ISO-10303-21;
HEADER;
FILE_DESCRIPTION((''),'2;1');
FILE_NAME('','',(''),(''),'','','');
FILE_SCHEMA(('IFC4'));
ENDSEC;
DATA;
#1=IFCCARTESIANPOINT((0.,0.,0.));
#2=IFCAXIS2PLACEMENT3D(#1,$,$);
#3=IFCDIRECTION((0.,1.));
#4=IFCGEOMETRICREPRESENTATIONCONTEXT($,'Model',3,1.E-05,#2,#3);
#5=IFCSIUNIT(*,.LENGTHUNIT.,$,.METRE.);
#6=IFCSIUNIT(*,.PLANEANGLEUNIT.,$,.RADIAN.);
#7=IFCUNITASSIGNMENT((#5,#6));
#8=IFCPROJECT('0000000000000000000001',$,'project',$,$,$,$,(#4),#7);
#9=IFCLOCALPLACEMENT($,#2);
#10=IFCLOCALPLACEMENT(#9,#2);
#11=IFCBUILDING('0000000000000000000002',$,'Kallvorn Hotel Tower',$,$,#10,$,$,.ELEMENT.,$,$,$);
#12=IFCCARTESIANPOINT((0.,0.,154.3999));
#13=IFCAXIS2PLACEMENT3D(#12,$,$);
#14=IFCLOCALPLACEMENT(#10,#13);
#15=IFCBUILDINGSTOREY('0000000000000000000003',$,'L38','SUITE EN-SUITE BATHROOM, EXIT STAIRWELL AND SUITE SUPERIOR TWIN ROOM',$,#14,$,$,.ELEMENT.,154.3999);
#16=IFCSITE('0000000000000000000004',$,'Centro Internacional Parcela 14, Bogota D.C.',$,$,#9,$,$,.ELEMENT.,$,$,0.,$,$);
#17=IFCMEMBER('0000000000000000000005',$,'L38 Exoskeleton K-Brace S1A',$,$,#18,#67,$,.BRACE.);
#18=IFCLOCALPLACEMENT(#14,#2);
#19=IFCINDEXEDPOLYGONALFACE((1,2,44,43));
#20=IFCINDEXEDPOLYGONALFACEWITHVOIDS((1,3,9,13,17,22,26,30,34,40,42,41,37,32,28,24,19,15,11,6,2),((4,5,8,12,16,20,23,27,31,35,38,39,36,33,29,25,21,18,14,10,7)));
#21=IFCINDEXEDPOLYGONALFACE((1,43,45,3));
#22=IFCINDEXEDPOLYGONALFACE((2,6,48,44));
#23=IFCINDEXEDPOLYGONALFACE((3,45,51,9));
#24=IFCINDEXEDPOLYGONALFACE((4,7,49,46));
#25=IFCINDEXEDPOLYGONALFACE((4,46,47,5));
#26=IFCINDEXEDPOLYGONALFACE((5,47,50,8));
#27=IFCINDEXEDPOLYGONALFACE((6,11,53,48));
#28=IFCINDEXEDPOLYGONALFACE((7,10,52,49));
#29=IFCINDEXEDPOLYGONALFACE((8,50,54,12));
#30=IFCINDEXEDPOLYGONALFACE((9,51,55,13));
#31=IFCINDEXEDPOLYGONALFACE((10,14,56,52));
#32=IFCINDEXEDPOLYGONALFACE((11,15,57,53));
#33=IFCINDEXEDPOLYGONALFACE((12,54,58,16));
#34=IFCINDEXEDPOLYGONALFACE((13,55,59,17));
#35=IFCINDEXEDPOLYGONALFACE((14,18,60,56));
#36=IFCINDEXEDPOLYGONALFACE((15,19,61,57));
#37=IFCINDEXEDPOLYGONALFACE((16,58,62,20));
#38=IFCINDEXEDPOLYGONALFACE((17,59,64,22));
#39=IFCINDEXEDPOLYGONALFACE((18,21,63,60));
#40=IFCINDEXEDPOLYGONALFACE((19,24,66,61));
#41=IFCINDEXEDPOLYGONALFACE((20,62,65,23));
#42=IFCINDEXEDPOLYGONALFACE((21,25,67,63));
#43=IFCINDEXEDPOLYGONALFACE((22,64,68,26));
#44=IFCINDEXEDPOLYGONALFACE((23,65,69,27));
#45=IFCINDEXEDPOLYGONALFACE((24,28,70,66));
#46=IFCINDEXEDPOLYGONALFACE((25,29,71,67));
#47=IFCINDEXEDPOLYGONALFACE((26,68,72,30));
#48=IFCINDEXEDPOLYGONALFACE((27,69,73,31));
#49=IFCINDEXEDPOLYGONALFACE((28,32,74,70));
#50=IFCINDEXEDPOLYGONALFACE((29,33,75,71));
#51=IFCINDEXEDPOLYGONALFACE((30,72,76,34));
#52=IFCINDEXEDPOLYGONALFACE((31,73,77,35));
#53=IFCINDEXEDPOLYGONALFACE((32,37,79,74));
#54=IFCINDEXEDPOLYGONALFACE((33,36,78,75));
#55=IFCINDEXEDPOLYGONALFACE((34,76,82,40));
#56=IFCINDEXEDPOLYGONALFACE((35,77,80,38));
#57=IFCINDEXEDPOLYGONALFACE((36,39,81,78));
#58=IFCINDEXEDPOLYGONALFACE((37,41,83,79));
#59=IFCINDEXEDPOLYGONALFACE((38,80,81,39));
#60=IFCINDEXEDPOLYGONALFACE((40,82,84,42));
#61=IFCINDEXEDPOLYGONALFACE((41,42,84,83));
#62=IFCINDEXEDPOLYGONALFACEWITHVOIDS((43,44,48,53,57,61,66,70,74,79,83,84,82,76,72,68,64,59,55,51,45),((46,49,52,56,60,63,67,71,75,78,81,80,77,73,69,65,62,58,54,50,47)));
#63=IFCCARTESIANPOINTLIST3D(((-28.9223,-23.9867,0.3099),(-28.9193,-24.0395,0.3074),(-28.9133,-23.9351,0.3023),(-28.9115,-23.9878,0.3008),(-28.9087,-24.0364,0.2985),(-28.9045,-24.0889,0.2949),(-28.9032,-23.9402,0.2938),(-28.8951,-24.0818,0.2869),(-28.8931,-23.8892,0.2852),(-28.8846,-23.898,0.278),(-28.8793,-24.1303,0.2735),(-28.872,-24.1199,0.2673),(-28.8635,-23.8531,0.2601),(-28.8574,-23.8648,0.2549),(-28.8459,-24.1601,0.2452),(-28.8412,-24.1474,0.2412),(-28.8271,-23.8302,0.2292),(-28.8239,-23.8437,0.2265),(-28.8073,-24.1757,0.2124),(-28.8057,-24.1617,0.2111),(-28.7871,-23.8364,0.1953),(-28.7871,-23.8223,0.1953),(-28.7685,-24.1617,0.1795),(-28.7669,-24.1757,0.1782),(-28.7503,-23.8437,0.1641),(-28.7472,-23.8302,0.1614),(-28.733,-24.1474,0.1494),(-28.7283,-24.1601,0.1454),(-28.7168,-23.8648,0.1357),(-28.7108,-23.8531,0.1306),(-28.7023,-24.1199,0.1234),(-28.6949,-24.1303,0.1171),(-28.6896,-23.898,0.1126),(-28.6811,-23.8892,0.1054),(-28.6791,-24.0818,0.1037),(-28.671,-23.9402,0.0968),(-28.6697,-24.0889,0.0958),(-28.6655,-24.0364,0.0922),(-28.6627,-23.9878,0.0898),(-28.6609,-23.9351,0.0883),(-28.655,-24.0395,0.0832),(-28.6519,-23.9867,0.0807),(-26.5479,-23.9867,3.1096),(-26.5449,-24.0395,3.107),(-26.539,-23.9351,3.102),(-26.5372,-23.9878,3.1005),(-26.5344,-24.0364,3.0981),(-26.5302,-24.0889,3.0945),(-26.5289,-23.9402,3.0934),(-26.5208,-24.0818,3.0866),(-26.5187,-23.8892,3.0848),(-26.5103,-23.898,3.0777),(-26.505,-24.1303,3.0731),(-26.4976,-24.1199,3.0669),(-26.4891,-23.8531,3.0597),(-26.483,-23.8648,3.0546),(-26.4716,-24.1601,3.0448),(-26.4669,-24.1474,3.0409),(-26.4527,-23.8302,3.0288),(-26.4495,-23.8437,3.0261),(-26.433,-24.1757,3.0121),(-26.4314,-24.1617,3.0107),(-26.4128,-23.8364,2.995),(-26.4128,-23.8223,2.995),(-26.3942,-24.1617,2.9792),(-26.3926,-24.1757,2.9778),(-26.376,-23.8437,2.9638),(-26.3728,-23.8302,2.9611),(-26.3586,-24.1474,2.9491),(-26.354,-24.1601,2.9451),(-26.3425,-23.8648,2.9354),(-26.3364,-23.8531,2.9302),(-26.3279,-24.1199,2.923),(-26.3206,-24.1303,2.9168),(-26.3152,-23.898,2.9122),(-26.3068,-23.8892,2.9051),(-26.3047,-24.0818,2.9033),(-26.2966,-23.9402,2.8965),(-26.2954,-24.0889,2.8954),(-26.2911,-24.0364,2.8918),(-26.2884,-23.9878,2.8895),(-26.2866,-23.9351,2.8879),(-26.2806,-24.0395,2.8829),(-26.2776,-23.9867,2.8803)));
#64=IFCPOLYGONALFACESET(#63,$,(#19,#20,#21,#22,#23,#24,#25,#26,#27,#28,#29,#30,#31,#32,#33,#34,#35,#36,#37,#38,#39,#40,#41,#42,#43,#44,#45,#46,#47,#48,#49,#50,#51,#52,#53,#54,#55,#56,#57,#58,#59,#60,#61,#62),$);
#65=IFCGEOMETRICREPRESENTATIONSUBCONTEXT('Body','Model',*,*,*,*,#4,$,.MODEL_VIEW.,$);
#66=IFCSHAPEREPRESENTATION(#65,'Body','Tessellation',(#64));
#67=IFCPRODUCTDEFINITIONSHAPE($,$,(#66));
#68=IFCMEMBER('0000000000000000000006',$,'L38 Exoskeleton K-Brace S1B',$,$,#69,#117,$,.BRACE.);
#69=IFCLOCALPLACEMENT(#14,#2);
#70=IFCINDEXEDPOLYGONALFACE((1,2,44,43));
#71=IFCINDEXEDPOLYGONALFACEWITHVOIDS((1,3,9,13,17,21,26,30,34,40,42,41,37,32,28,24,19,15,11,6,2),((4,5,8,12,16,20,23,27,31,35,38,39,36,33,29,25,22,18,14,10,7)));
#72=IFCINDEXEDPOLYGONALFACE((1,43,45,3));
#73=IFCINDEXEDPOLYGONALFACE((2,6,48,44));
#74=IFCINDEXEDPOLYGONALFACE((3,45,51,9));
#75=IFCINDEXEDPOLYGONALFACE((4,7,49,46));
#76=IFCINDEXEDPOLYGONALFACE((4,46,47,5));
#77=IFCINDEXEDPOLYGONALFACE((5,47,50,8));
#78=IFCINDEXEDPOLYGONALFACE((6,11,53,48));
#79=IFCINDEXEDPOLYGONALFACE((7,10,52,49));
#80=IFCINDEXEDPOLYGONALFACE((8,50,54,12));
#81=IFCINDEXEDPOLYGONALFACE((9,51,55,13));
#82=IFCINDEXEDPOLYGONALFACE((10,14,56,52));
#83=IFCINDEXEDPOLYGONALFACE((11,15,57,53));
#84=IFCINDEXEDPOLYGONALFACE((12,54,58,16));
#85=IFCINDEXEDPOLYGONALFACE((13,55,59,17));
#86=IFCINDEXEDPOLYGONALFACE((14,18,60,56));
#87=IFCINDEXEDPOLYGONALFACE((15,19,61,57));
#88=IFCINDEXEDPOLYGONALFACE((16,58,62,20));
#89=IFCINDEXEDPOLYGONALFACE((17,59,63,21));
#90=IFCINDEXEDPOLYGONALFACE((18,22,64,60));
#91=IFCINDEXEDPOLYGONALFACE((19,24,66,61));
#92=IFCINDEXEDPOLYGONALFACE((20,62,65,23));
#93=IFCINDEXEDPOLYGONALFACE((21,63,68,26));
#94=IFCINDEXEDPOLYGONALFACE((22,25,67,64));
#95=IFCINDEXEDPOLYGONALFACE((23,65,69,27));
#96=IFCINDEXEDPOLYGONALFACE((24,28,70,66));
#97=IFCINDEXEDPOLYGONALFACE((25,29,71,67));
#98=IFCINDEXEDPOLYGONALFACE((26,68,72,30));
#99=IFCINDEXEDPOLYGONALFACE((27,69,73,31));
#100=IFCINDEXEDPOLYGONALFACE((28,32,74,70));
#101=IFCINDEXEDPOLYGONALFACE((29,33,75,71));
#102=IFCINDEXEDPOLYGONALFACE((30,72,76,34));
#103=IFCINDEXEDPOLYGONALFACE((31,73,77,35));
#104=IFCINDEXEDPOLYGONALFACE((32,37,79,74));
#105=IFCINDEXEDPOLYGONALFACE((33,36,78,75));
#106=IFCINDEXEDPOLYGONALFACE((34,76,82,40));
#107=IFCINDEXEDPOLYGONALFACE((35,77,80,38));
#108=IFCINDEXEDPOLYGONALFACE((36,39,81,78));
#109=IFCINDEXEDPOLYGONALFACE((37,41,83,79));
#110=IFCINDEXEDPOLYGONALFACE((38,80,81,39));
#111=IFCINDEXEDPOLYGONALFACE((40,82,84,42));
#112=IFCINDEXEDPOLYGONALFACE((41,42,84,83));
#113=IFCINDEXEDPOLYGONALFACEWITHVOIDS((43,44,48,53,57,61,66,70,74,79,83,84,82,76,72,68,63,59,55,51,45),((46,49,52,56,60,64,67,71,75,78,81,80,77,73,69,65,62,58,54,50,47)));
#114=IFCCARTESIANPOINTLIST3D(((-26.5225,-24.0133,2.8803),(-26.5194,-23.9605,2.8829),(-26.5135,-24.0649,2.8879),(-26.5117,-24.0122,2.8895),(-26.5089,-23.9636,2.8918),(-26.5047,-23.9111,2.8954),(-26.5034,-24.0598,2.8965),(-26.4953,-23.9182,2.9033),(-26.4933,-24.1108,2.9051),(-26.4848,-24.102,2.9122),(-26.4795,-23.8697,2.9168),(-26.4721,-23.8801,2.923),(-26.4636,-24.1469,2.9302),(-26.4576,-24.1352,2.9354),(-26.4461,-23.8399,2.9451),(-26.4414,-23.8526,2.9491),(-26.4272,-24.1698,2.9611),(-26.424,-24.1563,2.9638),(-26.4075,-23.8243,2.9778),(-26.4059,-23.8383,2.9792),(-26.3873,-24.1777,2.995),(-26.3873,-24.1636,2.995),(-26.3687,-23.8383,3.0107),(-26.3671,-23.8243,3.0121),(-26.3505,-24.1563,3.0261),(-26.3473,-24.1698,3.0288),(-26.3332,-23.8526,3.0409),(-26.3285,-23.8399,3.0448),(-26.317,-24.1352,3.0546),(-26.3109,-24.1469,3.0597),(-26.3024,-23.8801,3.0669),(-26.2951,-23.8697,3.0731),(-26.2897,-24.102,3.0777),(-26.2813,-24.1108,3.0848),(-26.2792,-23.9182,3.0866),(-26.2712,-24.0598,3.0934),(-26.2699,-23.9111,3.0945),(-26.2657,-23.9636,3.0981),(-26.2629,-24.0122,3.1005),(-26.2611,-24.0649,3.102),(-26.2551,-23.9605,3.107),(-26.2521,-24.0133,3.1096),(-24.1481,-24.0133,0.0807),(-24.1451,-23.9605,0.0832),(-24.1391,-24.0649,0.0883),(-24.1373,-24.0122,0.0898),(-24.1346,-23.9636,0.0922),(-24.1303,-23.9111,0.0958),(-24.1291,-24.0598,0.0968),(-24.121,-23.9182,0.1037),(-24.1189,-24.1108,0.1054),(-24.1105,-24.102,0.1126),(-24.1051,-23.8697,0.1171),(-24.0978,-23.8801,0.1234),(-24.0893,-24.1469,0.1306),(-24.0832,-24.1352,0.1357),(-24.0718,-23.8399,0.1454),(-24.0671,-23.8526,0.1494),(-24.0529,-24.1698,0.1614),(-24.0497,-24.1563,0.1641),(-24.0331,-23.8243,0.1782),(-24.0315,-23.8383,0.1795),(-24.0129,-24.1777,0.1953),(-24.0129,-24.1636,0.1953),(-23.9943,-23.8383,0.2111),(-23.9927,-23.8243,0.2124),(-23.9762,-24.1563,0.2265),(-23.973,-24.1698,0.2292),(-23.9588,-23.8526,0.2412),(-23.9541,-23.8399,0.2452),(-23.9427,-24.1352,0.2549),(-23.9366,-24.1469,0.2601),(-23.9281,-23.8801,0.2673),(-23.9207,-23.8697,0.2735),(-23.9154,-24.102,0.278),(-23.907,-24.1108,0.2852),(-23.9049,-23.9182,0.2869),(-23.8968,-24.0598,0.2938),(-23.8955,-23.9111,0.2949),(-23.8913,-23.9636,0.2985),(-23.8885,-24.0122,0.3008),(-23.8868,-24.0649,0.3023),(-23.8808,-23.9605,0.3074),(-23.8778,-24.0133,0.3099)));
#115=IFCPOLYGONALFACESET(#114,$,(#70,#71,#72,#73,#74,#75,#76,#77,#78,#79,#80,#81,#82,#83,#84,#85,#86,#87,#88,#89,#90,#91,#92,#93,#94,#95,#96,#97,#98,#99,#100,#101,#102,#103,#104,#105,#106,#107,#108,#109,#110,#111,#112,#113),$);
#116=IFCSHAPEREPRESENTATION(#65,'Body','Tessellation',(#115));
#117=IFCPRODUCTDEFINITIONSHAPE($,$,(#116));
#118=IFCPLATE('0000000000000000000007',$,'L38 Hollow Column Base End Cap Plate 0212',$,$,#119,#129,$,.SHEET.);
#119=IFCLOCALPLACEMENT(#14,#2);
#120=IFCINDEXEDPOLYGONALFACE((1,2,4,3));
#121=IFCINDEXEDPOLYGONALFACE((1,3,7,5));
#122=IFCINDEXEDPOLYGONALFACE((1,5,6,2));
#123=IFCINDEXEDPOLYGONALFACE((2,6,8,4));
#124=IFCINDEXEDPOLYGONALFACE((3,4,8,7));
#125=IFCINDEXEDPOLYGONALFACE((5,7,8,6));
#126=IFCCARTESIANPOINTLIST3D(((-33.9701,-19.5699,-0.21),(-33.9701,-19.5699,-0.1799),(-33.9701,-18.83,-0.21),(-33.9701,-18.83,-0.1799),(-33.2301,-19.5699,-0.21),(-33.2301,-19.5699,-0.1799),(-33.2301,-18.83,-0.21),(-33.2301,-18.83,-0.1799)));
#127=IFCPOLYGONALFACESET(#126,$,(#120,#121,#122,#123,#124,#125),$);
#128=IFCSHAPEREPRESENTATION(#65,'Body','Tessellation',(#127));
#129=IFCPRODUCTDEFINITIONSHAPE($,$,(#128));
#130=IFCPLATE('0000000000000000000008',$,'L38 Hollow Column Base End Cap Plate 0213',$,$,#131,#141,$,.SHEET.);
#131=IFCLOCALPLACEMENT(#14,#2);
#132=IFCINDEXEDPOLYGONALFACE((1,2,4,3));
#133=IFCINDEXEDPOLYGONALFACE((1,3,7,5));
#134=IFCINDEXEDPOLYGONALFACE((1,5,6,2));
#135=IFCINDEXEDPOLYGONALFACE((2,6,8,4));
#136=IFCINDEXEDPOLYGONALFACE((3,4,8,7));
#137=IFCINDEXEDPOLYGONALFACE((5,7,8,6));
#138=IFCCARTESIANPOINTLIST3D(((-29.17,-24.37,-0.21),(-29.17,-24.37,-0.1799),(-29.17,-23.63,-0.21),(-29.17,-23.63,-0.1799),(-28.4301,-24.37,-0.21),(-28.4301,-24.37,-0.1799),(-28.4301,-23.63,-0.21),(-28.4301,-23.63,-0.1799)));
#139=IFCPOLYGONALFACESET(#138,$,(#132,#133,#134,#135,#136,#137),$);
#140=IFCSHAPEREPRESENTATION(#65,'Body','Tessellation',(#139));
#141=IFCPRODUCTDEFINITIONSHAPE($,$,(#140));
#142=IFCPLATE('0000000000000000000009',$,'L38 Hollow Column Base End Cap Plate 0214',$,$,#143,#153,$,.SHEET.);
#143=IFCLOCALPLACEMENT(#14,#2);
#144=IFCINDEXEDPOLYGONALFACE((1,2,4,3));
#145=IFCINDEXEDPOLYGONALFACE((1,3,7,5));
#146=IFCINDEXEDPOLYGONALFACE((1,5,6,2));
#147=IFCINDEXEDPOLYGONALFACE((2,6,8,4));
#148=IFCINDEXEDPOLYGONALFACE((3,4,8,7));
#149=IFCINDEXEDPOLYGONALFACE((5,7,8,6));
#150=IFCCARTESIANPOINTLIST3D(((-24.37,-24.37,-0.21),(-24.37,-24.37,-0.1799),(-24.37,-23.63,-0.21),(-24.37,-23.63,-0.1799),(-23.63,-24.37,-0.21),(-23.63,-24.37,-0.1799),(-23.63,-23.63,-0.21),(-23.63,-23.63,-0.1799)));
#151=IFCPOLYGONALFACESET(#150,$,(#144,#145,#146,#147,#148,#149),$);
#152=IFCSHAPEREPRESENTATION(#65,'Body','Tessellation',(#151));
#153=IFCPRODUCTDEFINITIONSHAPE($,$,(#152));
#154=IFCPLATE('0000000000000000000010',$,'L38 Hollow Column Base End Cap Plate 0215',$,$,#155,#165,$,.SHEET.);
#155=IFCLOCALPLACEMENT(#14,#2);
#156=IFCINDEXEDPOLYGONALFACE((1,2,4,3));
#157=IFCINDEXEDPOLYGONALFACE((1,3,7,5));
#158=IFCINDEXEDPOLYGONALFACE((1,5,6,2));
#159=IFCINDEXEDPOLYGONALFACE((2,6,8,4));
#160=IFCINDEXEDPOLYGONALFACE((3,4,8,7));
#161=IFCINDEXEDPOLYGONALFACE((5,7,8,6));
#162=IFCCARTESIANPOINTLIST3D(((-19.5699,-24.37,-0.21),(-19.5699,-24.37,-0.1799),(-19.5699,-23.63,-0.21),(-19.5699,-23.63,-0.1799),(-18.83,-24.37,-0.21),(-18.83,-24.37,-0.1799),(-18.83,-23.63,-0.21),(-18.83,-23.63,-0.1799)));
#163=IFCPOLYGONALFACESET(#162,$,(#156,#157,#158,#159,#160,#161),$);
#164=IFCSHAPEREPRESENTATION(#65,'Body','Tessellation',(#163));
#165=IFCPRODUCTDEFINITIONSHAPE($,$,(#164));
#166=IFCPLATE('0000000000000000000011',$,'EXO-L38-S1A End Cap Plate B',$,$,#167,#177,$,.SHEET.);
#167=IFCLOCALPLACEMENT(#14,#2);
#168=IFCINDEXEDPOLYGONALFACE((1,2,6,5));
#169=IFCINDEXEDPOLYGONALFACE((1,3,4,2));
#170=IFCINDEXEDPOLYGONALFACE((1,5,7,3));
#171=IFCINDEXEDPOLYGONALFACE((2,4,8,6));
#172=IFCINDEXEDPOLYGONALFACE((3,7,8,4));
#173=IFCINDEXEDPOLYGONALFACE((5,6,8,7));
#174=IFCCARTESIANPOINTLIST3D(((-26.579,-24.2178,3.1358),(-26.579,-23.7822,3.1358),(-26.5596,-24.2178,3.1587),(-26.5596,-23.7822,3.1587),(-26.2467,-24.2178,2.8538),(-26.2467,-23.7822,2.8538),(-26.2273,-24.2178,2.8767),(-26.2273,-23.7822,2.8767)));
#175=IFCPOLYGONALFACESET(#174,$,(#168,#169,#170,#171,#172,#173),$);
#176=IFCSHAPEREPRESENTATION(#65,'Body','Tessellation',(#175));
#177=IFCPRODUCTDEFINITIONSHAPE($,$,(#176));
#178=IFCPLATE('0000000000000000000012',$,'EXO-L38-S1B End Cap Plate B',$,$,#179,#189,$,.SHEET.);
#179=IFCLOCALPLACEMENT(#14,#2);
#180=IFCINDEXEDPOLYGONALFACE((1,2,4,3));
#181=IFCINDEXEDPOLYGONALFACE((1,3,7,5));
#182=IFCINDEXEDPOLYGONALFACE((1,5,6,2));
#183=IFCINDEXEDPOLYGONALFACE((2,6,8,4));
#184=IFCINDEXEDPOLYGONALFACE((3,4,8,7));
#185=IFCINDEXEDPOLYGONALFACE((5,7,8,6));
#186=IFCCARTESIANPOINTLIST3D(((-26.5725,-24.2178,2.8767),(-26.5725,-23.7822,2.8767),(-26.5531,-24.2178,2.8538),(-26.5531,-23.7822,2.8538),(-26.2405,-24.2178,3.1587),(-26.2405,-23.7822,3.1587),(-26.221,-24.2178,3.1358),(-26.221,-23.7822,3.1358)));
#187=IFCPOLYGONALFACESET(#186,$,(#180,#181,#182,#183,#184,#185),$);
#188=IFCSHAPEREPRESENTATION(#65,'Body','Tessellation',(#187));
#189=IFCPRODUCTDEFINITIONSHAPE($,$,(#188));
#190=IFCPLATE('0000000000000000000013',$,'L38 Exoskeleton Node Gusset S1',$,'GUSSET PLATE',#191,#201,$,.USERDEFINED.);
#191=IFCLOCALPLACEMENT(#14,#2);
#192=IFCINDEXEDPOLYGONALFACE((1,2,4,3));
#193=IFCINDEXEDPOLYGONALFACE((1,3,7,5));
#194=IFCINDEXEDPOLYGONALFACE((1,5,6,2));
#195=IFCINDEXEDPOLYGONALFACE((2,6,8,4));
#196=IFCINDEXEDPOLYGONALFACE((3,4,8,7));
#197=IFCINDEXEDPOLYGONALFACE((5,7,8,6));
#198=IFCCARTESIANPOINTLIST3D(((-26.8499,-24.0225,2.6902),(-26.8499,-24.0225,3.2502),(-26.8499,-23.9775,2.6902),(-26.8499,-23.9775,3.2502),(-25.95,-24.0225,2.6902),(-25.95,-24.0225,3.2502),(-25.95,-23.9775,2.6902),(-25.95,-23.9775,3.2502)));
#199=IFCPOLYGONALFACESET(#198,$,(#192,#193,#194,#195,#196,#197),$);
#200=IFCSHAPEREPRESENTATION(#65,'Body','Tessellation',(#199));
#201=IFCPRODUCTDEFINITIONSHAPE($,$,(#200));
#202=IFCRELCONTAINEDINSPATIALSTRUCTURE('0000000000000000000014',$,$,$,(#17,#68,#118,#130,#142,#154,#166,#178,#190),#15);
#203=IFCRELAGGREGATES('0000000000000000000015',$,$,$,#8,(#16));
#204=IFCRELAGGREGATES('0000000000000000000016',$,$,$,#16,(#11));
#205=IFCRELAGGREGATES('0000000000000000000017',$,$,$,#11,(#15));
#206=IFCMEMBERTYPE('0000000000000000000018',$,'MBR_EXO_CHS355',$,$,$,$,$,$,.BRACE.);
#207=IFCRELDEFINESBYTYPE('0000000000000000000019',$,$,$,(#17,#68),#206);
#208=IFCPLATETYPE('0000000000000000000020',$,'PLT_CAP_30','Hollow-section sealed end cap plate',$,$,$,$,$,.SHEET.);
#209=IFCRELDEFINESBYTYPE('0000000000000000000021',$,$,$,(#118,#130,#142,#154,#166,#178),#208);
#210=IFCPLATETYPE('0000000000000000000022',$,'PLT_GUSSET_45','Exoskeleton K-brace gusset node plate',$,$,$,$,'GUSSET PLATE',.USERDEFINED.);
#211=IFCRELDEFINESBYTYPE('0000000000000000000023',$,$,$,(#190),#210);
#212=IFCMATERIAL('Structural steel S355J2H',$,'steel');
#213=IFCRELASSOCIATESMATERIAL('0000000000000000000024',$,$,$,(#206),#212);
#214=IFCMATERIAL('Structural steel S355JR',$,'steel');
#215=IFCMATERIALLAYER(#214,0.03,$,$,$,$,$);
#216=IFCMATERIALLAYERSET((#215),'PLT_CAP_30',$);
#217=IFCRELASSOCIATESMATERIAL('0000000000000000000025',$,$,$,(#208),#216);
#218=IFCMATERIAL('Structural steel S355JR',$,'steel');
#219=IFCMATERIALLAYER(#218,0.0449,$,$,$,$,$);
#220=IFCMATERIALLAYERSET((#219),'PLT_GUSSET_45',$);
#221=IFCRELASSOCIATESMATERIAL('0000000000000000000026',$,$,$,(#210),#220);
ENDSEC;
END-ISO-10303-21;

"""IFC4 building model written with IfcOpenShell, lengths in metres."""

from ifc_helpers import new_model, si_unit, direction, frame, origin, origin_2d, place, context, subcontext, project, spatial, polyline, rectangle, hollow_circle, outline, extrude, material, layer, layer_set, material_profile, profile_set, type_object, element, save


model = new_model("IFC4")

# Units and contexts
model_context = context("Model", 3, precision=1e-05, world=origin(), true_north=direction((0.0, 1.0)))
body_context = subcontext(model_context, "Body", "Model", "MODEL_VIEW")
ifc_project = project(units=[si_unit("LENGTHUNIT", "METRE"), si_unit("PLANEANGLEUNIT", "RADIAN")], contexts=[model_context])

# Site, building, storey
site_placement = place(None, origin())
site = spatial("IfcSite", under=ifc_project, at=site_placement, Name="Centro Internacional Parcela 14, Bogota D.C.", CompositionType="ELEMENT", RefElevation=0.0)
building_placement = place(site_placement, origin())
building = spatial("IfcBuilding", under=site, at=building_placement, Name="Kallvorn Hotel Tower", CompositionType="ELEMENT")
storey_placement = place(building_placement, frame((0.0, 0.0, 154.3999)))
storey = spatial("IfcBuildingStorey", under=building, at=storey_placement, Name="L38", Description="SUITE EN-SUITE BATHROOM, EXIT STAIRWELL AND SUITE SUPERIOR TWIN ROOM", CompositionType="ELEMENT", Elevation=154.3999)

# Members
ifc_material_1 = material(Name="Structural steel S355J2H", Category="steel")
ifc_material_profile_1 = material_profile(ifc_material_1, hollow_circle(Radius=0.1777, WallThickness=0.0142, at=origin_2d()), Name="CHS 355.6x14.2")
ifc_profile_set_1 = profile_set([ifc_material_profile_1], Name="Structural steel S355J2H")
member_type = type_object("IfcMemberType", Name="MBR_EXO_CHS355", PredefinedType="BRACE", material=ifc_profile_set_1)
for number, where, z_axis, x_axis, name in (
    (1, (-28.7871, -24.0, 0.1953), (0.6468, 0.0, 0.762659), (0.0, 1.0, 0.0), "L38 Exoskeleton K-Brace S1A"),
    (2, (-24.0129, -24.0, 0.1953), (-0.6468, 0.0, 0.762659), (0.0, -1.0, 0.0), "L38 Exoskeleton K-Brace S1B"),
):
    element("IfcMember", number, at=place(storey_placement, frame(where, z_axis=z_axis, x_axis=x_axis)), inside=storey, type_object=member_type, Name=name, PredefinedType="BRACE", context=body_context, shape_type="SweptSolid", body=[
        extrude(hollow_circle(Radius=0.1777, WallThickness=0.0142, at=origin_2d()), origin(), (0.0, 0.0, 1.0), 3.6709),
    ])

# Plates
ifc_material_2 = material(Name="Structural steel S355JR", Category="steel")
ifc_layer_1 = layer(ifc_material_2, 0.03)
ifc_layer_set_1 = layer_set([ifc_layer_1], Name="PLT_CAP_30")
plate_type_1 = type_object("IfcPlateType", Name="PLT_CAP_30", Description="Hollow-section sealed end cap plate", PredefinedType="SHEET", material=ifc_layer_set_1)
for number, where, z_axis, x_axis, name in (
    (3, (-33.6001, -19.2, -0.21), (0.0, 0.0, 1.0), (1.0, 0.0, 0.0), "L38 Hollow Column Base End Cap Plate 0212"),
    (4, (-28.8, -24.0, -0.21), (0.0, 0.0, 1.0), (1.0, 0.0, 0.0), "L38 Hollow Column Base End Cap Plate 0213"),
    (5, (-24.0, -24.0, -0.21), (0.0, 0.0, 1.0), (1.0, 0.0, 0.0), "L38 Hollow Column Base End Cap Plate 0214"),
    (6, (-19.2, -24.0, -0.21), (0.0, 0.0, 1.0), (1.0, 0.0, 0.0), "L38 Hollow Column Base End Cap Plate 0215"),
):
    element("IfcPlate", number, at=place(storey_placement, frame(where, z_axis=z_axis, x_axis=x_axis)), inside=storey, type_object=plate_type_1, Name=name, PredefinedType="SHEET", context=body_context, shape_type="SweptSolid", body=[
        extrude(rectangle(XDim=0.74, YDim=0.74, at=origin_2d()), origin(), (0.0, 0.0, 1.0), 0.03),
    ])
plate_1_placement = place(storey_placement, frame((-26.2273, -24.2178, 2.8767), z_axis=(0.647047, 0.0, 0.762451), x_axis=(0.0, 1.0, 0.0)))
element("IfcPlate", 7, at=plate_1_placement, inside=storey, type_object=plate_type_1, Name="EXO-L38-S1A End Cap Plate B", PredefinedType="SHEET", context=body_context, shape_type="SweptSolid", body=[
    extrude(outline(polyline([(0.0, 0.0), (0.4355, 0.0), (0.4355, 0.4358), (0.0, 0.4358), (0.0, 0.0)])), origin(), (0.0, 0.0, -1.0), 0.03),
])
plate_2_placement = place(storey_placement, frame((-26.5725, -23.7822, 2.8767), z_axis=(-0.647323, 0.0, 0.762216), x_axis=(0.0, -1.0, 0.0)))
element("IfcPlate", 8, at=plate_2_placement, inside=storey, type_object=plate_type_1, Name="EXO-L38-S1B End Cap Plate B", PredefinedType="SHEET", context=body_context, shape_type="SweptSolid", body=[
    extrude(outline(polyline([(0.0, 0.0), (0.4355, 0.0), (0.4355, 0.4356), (0.0, 0.4356), (0.0, 0.0)])), origin(), (0.0, 0.0, -1.0), 0.03),
])
ifc_material_3 = material(Name="Structural steel S355JR", Category="steel")
ifc_layer_2 = layer(ifc_material_3, 0.0449)
ifc_layer_set_2 = layer_set([ifc_layer_2], Name="PLT_GUSSET_45")
plate_type_2 = type_object("IfcPlateType", Name="PLT_GUSSET_45", Description="Exoskeleton K-brace gusset node plate", ElementType="GUSSET PLATE", PredefinedType="USERDEFINED", material=ifc_layer_set_2)
plate_3_placement = place(storey_placement, frame((-26.3999, -24.0, 2.6902), z_axis=(0.0, 0.0, 1.0), x_axis=(1.0, 0.0, 0.0)))
element("IfcPlate", 9, at=plate_3_placement, inside=storey, type_object=plate_type_2, Name="L38 Exoskeleton Node Gusset S1", ObjectType="GUSSET PLATE", PredefinedType="USERDEFINED", context=body_context, shape_type="SweptSolid", body=[
    extrude(rectangle(XDim=0.8999, YDim=0.0449, at=origin_2d()), origin(), (0.0, 0.0, 1.0), 0.5601),
])

save(model, "model.ifc")
